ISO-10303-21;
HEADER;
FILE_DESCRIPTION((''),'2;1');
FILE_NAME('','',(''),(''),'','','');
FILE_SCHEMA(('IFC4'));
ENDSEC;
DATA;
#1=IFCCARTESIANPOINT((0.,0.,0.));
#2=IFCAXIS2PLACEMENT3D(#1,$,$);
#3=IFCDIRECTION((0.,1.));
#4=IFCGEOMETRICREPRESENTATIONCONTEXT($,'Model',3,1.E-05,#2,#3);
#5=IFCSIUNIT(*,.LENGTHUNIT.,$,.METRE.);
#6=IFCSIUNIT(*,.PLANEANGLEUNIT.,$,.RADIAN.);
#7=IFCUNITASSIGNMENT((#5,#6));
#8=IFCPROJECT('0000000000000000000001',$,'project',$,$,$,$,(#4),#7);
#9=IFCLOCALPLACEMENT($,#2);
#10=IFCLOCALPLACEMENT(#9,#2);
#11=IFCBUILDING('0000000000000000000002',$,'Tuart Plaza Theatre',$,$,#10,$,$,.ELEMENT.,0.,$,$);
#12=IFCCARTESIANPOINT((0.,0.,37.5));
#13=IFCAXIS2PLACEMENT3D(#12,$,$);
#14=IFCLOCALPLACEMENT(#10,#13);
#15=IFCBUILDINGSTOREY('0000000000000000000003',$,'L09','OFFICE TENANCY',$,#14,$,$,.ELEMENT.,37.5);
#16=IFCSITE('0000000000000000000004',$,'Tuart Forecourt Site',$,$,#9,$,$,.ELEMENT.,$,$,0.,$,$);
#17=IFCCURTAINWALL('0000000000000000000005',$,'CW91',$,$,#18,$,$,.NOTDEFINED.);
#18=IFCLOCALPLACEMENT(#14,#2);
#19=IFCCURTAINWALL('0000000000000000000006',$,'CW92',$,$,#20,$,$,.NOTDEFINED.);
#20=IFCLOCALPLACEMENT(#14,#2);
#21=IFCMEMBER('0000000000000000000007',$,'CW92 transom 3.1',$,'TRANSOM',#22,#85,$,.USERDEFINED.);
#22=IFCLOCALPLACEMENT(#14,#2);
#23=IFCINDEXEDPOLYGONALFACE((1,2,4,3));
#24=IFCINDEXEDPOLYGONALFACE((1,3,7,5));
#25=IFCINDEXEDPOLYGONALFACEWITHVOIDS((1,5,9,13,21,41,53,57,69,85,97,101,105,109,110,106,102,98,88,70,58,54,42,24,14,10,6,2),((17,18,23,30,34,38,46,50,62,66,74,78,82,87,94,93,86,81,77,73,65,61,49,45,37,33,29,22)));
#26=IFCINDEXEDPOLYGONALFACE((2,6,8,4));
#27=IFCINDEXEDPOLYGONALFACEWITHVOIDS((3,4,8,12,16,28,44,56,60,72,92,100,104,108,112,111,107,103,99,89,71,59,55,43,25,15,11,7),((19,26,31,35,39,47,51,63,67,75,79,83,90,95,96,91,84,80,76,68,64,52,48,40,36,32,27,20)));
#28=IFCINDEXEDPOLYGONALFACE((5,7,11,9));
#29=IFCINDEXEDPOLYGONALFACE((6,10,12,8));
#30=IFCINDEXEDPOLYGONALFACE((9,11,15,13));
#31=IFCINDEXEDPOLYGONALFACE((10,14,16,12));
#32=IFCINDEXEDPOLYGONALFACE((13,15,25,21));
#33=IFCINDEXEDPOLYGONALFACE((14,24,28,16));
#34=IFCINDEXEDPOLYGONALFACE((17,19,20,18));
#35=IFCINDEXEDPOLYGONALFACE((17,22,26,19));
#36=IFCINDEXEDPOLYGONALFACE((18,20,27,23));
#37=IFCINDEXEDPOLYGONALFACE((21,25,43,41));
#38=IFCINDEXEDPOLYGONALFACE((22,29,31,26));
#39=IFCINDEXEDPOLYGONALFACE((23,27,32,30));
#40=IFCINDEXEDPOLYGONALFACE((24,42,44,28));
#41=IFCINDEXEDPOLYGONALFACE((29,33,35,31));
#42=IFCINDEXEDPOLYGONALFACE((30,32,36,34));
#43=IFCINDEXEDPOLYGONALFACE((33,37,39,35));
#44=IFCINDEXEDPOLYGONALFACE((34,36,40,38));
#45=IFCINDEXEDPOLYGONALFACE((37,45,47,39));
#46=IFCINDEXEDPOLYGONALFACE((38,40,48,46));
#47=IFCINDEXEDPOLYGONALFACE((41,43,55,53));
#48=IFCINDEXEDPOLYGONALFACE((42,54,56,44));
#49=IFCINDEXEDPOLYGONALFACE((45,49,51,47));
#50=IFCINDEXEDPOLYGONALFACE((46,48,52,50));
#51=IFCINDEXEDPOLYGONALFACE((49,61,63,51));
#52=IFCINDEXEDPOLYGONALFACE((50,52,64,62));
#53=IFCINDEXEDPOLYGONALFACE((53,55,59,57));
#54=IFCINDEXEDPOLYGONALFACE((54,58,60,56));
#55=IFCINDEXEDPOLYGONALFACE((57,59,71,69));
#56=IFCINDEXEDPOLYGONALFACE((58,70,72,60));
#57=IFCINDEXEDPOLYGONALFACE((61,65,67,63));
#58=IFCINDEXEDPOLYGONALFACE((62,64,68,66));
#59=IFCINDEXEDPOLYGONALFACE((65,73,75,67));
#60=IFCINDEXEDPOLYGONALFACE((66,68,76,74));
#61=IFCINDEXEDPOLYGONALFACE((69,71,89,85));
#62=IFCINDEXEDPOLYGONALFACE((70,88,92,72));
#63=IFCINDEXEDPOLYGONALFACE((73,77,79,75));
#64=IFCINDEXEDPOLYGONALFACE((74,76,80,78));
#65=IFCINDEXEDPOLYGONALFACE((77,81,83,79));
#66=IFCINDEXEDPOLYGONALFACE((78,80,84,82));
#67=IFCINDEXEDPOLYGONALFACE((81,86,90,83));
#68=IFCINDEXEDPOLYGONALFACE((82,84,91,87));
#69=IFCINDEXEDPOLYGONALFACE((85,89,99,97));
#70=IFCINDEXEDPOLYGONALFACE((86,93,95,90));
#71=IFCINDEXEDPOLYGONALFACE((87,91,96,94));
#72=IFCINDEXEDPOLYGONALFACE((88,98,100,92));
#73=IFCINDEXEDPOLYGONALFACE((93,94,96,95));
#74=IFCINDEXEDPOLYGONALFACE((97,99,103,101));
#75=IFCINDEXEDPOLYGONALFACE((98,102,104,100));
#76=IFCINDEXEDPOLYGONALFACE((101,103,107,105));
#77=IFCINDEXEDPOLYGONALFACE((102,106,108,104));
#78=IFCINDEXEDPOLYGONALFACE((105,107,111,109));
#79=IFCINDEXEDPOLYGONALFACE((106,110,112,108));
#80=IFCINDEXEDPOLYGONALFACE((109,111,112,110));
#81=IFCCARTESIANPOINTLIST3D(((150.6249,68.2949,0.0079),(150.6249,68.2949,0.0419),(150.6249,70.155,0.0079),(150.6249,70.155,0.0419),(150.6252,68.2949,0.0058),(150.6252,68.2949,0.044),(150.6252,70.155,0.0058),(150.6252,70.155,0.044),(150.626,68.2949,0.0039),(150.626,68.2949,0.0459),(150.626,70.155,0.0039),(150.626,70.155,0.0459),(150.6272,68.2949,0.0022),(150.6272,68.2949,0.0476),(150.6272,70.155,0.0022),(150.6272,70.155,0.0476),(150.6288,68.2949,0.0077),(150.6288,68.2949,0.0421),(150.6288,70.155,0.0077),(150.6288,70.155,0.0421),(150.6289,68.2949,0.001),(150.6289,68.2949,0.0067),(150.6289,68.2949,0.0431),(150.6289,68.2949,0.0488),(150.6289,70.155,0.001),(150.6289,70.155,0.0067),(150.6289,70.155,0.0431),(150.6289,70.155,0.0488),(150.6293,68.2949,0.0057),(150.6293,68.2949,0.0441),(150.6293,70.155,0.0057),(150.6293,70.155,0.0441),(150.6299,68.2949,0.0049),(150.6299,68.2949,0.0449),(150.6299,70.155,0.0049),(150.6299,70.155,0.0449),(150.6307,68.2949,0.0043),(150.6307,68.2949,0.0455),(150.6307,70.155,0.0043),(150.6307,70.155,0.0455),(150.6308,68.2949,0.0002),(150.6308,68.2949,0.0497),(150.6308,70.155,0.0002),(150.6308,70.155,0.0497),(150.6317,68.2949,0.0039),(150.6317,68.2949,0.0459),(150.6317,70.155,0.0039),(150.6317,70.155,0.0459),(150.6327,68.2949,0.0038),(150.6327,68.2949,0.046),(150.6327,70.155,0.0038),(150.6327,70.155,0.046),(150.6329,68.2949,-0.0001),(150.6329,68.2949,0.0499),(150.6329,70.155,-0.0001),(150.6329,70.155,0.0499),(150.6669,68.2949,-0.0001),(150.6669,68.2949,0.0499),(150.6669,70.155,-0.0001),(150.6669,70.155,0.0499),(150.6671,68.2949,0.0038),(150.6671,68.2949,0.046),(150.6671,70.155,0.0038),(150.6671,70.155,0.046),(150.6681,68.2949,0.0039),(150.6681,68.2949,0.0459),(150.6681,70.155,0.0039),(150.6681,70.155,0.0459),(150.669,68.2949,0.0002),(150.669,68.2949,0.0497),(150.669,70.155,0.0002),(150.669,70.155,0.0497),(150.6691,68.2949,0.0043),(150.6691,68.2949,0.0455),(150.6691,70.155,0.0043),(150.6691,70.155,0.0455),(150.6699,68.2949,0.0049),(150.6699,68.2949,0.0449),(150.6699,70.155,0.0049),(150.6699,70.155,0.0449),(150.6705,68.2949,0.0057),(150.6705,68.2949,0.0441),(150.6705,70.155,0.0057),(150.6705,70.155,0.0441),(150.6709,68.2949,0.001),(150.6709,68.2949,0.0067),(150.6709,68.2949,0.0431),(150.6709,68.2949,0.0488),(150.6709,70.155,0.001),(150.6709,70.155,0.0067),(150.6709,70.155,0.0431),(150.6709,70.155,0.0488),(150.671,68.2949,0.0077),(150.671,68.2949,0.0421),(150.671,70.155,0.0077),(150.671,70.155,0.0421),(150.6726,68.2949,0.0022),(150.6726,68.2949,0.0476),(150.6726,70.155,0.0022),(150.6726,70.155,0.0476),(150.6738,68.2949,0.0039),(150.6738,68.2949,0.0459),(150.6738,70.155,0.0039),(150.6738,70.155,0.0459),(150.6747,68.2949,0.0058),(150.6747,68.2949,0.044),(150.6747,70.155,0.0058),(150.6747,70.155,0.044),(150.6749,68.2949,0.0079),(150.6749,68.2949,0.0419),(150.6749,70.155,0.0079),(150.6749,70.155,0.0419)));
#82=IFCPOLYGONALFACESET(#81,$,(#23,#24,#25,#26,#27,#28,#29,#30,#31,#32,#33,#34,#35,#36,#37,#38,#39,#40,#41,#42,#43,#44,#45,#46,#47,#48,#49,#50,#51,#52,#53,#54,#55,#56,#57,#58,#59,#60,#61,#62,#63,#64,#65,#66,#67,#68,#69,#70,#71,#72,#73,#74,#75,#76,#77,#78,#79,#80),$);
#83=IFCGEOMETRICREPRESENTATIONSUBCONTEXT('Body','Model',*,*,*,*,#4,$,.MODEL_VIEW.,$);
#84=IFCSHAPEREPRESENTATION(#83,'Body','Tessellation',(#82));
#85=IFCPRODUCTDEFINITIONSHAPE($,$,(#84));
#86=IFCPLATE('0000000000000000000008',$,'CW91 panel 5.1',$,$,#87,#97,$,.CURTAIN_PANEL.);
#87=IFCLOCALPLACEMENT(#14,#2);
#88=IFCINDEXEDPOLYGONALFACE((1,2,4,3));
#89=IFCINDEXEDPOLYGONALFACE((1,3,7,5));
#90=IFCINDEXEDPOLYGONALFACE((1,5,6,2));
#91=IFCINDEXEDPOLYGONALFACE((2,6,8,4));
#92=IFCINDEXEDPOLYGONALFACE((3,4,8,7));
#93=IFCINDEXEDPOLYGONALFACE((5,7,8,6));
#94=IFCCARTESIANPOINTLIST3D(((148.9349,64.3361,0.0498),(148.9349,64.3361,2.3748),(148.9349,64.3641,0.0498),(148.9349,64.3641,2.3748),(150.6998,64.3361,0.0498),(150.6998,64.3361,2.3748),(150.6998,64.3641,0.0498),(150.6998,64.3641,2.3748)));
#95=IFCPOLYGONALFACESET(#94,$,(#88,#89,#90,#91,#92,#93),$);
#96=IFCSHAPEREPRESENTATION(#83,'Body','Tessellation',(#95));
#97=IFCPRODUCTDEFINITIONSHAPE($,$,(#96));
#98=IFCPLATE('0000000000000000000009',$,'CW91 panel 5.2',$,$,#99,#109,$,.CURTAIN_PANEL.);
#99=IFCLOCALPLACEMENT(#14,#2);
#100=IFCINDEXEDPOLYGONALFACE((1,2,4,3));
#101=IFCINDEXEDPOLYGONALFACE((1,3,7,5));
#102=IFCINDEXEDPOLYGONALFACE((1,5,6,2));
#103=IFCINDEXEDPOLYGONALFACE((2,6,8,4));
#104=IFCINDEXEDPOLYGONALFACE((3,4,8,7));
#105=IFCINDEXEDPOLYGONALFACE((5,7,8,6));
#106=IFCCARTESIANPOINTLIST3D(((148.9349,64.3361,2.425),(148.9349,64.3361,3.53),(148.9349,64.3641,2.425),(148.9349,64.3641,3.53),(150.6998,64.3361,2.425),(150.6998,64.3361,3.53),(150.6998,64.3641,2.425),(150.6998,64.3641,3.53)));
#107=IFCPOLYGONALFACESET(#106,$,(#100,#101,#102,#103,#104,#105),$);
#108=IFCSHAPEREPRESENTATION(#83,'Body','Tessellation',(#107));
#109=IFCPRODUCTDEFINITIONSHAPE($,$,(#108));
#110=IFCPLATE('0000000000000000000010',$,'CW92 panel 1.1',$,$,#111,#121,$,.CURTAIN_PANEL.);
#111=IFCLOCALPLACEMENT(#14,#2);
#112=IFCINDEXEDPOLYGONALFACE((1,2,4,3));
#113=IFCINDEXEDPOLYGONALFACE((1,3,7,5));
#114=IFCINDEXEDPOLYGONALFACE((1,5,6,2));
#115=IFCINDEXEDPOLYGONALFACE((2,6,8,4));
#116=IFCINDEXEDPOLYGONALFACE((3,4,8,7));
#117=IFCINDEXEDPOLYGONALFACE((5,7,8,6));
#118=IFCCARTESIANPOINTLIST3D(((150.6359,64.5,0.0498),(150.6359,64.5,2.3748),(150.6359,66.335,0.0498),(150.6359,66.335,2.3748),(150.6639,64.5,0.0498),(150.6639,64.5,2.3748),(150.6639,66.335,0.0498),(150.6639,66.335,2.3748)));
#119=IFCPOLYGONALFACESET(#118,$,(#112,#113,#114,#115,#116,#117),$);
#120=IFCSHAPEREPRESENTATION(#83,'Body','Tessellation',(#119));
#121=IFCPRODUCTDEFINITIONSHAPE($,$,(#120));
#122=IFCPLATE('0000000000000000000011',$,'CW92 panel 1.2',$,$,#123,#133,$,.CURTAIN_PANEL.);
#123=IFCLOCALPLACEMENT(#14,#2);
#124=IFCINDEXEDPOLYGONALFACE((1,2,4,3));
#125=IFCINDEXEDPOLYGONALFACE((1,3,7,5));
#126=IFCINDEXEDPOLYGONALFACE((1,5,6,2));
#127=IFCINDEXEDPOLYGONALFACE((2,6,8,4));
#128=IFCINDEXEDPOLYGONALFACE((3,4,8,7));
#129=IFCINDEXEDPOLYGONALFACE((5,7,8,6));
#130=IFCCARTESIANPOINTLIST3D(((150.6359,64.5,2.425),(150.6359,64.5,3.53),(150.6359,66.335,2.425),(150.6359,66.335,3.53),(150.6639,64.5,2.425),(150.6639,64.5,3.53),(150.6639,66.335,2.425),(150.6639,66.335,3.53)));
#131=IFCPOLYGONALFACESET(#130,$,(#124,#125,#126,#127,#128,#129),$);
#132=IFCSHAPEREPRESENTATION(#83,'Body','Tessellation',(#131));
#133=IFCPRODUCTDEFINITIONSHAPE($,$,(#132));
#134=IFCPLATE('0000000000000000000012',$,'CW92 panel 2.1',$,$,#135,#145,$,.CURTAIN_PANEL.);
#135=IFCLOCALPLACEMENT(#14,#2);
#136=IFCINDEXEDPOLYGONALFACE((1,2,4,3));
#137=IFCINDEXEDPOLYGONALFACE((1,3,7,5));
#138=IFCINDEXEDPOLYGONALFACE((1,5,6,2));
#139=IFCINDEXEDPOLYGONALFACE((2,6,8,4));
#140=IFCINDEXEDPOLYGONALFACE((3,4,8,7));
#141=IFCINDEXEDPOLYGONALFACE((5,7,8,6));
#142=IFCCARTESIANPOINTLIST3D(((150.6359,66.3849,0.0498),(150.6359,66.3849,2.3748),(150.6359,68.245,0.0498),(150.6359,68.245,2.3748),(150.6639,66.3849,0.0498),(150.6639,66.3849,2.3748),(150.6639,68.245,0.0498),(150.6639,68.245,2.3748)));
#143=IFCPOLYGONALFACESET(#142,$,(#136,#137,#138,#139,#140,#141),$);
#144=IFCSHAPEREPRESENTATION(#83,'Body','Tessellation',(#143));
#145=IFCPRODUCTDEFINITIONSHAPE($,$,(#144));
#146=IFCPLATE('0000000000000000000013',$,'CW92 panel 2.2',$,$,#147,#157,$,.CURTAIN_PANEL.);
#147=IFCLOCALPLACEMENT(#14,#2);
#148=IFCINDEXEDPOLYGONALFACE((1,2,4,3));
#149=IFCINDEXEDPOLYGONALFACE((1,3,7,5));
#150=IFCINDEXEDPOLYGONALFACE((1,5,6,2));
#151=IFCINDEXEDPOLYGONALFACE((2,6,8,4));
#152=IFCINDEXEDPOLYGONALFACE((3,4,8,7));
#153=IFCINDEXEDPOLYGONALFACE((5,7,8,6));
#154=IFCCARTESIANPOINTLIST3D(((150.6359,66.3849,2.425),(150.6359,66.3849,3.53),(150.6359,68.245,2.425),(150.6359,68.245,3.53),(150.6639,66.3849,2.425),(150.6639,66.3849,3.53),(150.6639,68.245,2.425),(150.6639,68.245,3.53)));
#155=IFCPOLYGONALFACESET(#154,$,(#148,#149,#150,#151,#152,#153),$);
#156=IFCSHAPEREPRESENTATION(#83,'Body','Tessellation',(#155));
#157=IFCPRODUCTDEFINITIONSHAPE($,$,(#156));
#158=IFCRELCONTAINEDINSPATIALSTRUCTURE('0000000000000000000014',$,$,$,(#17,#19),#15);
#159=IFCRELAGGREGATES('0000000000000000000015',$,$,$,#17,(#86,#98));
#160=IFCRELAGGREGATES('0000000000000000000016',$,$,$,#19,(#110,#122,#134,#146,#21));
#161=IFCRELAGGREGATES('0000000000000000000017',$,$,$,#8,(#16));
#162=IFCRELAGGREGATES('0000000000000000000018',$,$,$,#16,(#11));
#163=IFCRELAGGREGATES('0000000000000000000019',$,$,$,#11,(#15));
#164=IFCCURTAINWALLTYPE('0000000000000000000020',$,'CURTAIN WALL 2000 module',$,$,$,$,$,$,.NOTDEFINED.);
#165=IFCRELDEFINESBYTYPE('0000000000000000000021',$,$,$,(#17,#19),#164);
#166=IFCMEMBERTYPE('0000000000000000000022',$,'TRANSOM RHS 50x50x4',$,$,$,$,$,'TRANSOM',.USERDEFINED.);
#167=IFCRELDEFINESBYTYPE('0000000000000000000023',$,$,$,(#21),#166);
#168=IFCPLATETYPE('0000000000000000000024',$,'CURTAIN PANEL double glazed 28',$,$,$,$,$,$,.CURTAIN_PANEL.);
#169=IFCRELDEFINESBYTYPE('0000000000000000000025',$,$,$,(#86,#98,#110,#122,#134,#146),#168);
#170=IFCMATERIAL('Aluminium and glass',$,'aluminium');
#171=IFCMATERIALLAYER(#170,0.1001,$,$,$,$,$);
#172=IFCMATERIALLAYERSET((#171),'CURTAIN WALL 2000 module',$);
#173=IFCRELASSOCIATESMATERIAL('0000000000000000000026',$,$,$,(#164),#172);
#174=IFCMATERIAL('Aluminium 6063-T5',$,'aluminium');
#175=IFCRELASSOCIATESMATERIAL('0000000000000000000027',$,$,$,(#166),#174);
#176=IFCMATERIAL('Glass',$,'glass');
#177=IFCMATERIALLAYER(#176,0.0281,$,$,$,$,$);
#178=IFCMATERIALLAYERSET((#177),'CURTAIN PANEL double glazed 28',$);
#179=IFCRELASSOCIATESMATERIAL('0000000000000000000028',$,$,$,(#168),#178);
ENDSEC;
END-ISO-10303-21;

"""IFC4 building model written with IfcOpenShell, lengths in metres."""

from ifc_helpers import new_model, si_unit, direction, frame, origin, origin_2d, place, context, subcontext, project, spatial, rectangle, hollow_rectangle, extrude, material, layer, layer_set, material_profile, profile_set, type_object, element, aggregate, save


model = new_model("IFC4")

# Units and contexts
model_context = context("Model", 3, precision=1e-05, world=origin(), true_north=direction((0.0, 1.0)))
body_context = subcontext(model_context, "Body", "Model", "MODEL_VIEW")
ifc_project = project(units=[si_unit("LENGTHUNIT", "METRE"), si_unit("PLANEANGLEUNIT", "RADIAN")], contexts=[model_context])

# Site, building, storey
site_placement = place(None, origin())
site = spatial("IfcSite", under=ifc_project, at=site_placement, Name="Tuart Forecourt Site", CompositionType="ELEMENT", RefElevation=0.0)
building_placement = place(site_placement, origin())
building = spatial("IfcBuilding", under=site, at=building_placement, Name="Tuart Plaza Theatre", CompositionType="ELEMENT", ElevationOfRefHeight=0.0)
storey_placement = place(building_placement, frame((0.0, 0.0, 37.5)))
storey = spatial("IfcBuildingStorey", under=building, at=storey_placement, Name="L09", Description="OFFICE TENANCY", CompositionType="ELEMENT", Elevation=37.5)

# Curtain wall
ifc_material_1 = material(Name="Aluminium and glass", Category="aluminium")
ifc_layer_1 = layer(ifc_material_1, 0.1001)
ifc_layer_set_1 = layer_set([ifc_layer_1], Name="CURTAIN WALL 2000 module")
curtain_wall_type = type_object("IfcCurtainWallType", Name="CURTAIN WALL 2000 module", PredefinedType="NOTDEFINED", material=ifc_layer_set_1)
curtain_wall_1_placement = place(storey_placement, origin())
curtain_wall_1 = element("IfcCurtainWall", 1, at=curtain_wall_1_placement, inside=storey, type_object=curtain_wall_type, Name="CW91", PredefinedType="NOTDEFINED")

# Curtain wall
curtain_wall_2_placement = place(storey_placement, origin())
curtain_wall_2 = element("IfcCurtainWall", 2, at=curtain_wall_2_placement, inside=storey, type_object=curtain_wall_type, Name="CW92", PredefinedType="NOTDEFINED")

# Member
ifc_material_2 = material(Name="Aluminium 6063-T5", Category="aluminium")
ifc_material_profile_1 = material_profile(ifc_material_2, hollow_rectangle(XDim=0.05, YDim=0.05, WallThickness=0.0039, InnerFilletRadius=0.0039, OuterFilletRadius=0.0081, at=origin_2d()), Name="RHS 50x50x4")
ifc_profile_set_1 = profile_set([ifc_material_profile_1], Name="Aluminium 6063-T5")
member_type_1 = type_object("IfcMemberType", Name="TRANSOM RHS 50x50x4", ElementType="TRANSOM", PredefinedType="USERDEFINED", material=ifc_profile_set_1)
member_1_placement = place(storey_placement, frame((150.6499, 68.2949, 0.0249), z_axis=(0.0, 1.0, 0.0), x_axis=(-1.0, 0.0, 0.0)))
member_1 = element("IfcMember", 3, at=member_1_placement, type_object=member_type_1, Name="CW92 transom 3.1", ObjectType="TRANSOM", PredefinedType="USERDEFINED", context=body_context, shape_type="SweptSolid", body=[
    extrude(hollow_rectangle(XDim=0.05, YDim=0.05, WallThickness=0.0039, InnerFilletRadius=0.0039, OuterFilletRadius=0.0081, at=origin_2d()), origin(), (0.0, 0.0, 1.0), 1.8601),
])

# Plates
ifc_material_3 = material(Name="Glass", Category="glass")
ifc_layer_2 = layer(ifc_material_3, 0.0281)
ifc_layer_set_2 = layer_set([ifc_layer_2], Name="CURTAIN PANEL double glazed 28")
plate_type = type_object("IfcPlateType", Name="CURTAIN PANEL double glazed 28", PredefinedType="CURTAIN_PANEL", material=ifc_layer_set_2)
plate_1_placement = place(storey_placement, frame((149.8174, 64.3501, 0.0498), z_axis=(0.0, 0.0, 1.0), x_axis=(1.0, 0.0, 0.0)))
plate_1 = element("IfcPlate", 4, at=plate_1_placement, type_object=plate_type, Name="CW91 panel 5.1", PredefinedType="CURTAIN_PANEL", context=body_context, shape_type="SweptSolid", body=[
    extrude(rectangle(XDim=1.7649, YDim=0.0281, at=origin_2d()), origin(), (0.0, 0.0, 1.0), 2.325),
])
plate_2_placement = place(storey_placement, frame((149.8174, 64.3501, 2.425), z_axis=(0.0, 0.0, 1.0), x_axis=(1.0, 0.0, 0.0)))
plate_2 = element("IfcPlate", 5, at=plate_2_placement, type_object=plate_type, Name="CW91 panel 5.2", PredefinedType="CURTAIN_PANEL", context=body_context, shape_type="SweptSolid", body=[
    extrude(rectangle(XDim=1.7649, YDim=0.0281, at=origin_2d()), origin(), (0.0, 0.0, 1.0), 1.105),
])
aggregate(curtain_wall_1, [plate_1, plate_2])
plate_3_placement = place(storey_placement, frame((150.6499, 65.4175, 0.0498), z_axis=(0.0, 0.0, 1.0), x_axis=(0.0, 1.0, 0.0)))
plate_3 = element("IfcPlate", 6, at=plate_3_placement, type_object=plate_type, Name="CW92 panel 1.1", PredefinedType="CURTAIN_PANEL", context=body_context, shape_type="SweptSolid", body=[
    extrude(rectangle(XDim=1.835, YDim=0.0281, at=origin_2d()), origin(), (0.0, 0.0, 1.0), 2.325),
])
plate_4_placement = place(storey_placement, frame((150.6499, 65.4175, 2.425), z_axis=(0.0, 0.0, 1.0), x_axis=(0.0, 1.0, 0.0)))
plate_4 = element("IfcPlate", 7, at=plate_4_placement, type_object=plate_type, Name="CW92 panel 1.2", PredefinedType="CURTAIN_PANEL", context=body_context, shape_type="SweptSolid", body=[
    extrude(rectangle(XDim=1.835, YDim=0.0281, at=origin_2d()), origin(), (0.0, 0.0, 1.0), 1.105),
])
plate_5_placement = place(storey_placement, frame((150.6499, 67.3149, 0.0498), z_axis=(0.0, 0.0, 1.0), x_axis=(0.0, 1.0, 0.0)))
plate_5 = element("IfcPlate", 8, at=plate_5_placement, type_object=plate_type, Name="CW92 panel 2.1", PredefinedType="CURTAIN_PANEL", context=body_context, shape_type="SweptSolid", body=[
    extrude(rectangle(XDim=1.8601, YDim=0.0281, at=origin_2d()), origin(), (0.0, 0.0, 1.0), 2.325),
])
plate_6_placement = place(storey_placement, frame((150.6499, 67.3149, 2.425), z_axis=(0.0, 0.0, 1.0), x_axis=(0.0, 1.0, 0.0)))
plate_6 = element("IfcPlate", 9, at=plate_6_placement, type_object=plate_type, Name="CW92 panel 2.2", PredefinedType="CURTAIN_PANEL", context=body_context, shape_type="SweptSolid", body=[
    extrude(rectangle(XDim=1.8601, YDim=0.0281, at=origin_2d()), origin(), (0.0, 0.0, 1.0), 1.105),
])
aggregate(curtain_wall_2, [plate_3, plate_4, plate_5, plate_6, member_1])

save(model, "model.ifc")
